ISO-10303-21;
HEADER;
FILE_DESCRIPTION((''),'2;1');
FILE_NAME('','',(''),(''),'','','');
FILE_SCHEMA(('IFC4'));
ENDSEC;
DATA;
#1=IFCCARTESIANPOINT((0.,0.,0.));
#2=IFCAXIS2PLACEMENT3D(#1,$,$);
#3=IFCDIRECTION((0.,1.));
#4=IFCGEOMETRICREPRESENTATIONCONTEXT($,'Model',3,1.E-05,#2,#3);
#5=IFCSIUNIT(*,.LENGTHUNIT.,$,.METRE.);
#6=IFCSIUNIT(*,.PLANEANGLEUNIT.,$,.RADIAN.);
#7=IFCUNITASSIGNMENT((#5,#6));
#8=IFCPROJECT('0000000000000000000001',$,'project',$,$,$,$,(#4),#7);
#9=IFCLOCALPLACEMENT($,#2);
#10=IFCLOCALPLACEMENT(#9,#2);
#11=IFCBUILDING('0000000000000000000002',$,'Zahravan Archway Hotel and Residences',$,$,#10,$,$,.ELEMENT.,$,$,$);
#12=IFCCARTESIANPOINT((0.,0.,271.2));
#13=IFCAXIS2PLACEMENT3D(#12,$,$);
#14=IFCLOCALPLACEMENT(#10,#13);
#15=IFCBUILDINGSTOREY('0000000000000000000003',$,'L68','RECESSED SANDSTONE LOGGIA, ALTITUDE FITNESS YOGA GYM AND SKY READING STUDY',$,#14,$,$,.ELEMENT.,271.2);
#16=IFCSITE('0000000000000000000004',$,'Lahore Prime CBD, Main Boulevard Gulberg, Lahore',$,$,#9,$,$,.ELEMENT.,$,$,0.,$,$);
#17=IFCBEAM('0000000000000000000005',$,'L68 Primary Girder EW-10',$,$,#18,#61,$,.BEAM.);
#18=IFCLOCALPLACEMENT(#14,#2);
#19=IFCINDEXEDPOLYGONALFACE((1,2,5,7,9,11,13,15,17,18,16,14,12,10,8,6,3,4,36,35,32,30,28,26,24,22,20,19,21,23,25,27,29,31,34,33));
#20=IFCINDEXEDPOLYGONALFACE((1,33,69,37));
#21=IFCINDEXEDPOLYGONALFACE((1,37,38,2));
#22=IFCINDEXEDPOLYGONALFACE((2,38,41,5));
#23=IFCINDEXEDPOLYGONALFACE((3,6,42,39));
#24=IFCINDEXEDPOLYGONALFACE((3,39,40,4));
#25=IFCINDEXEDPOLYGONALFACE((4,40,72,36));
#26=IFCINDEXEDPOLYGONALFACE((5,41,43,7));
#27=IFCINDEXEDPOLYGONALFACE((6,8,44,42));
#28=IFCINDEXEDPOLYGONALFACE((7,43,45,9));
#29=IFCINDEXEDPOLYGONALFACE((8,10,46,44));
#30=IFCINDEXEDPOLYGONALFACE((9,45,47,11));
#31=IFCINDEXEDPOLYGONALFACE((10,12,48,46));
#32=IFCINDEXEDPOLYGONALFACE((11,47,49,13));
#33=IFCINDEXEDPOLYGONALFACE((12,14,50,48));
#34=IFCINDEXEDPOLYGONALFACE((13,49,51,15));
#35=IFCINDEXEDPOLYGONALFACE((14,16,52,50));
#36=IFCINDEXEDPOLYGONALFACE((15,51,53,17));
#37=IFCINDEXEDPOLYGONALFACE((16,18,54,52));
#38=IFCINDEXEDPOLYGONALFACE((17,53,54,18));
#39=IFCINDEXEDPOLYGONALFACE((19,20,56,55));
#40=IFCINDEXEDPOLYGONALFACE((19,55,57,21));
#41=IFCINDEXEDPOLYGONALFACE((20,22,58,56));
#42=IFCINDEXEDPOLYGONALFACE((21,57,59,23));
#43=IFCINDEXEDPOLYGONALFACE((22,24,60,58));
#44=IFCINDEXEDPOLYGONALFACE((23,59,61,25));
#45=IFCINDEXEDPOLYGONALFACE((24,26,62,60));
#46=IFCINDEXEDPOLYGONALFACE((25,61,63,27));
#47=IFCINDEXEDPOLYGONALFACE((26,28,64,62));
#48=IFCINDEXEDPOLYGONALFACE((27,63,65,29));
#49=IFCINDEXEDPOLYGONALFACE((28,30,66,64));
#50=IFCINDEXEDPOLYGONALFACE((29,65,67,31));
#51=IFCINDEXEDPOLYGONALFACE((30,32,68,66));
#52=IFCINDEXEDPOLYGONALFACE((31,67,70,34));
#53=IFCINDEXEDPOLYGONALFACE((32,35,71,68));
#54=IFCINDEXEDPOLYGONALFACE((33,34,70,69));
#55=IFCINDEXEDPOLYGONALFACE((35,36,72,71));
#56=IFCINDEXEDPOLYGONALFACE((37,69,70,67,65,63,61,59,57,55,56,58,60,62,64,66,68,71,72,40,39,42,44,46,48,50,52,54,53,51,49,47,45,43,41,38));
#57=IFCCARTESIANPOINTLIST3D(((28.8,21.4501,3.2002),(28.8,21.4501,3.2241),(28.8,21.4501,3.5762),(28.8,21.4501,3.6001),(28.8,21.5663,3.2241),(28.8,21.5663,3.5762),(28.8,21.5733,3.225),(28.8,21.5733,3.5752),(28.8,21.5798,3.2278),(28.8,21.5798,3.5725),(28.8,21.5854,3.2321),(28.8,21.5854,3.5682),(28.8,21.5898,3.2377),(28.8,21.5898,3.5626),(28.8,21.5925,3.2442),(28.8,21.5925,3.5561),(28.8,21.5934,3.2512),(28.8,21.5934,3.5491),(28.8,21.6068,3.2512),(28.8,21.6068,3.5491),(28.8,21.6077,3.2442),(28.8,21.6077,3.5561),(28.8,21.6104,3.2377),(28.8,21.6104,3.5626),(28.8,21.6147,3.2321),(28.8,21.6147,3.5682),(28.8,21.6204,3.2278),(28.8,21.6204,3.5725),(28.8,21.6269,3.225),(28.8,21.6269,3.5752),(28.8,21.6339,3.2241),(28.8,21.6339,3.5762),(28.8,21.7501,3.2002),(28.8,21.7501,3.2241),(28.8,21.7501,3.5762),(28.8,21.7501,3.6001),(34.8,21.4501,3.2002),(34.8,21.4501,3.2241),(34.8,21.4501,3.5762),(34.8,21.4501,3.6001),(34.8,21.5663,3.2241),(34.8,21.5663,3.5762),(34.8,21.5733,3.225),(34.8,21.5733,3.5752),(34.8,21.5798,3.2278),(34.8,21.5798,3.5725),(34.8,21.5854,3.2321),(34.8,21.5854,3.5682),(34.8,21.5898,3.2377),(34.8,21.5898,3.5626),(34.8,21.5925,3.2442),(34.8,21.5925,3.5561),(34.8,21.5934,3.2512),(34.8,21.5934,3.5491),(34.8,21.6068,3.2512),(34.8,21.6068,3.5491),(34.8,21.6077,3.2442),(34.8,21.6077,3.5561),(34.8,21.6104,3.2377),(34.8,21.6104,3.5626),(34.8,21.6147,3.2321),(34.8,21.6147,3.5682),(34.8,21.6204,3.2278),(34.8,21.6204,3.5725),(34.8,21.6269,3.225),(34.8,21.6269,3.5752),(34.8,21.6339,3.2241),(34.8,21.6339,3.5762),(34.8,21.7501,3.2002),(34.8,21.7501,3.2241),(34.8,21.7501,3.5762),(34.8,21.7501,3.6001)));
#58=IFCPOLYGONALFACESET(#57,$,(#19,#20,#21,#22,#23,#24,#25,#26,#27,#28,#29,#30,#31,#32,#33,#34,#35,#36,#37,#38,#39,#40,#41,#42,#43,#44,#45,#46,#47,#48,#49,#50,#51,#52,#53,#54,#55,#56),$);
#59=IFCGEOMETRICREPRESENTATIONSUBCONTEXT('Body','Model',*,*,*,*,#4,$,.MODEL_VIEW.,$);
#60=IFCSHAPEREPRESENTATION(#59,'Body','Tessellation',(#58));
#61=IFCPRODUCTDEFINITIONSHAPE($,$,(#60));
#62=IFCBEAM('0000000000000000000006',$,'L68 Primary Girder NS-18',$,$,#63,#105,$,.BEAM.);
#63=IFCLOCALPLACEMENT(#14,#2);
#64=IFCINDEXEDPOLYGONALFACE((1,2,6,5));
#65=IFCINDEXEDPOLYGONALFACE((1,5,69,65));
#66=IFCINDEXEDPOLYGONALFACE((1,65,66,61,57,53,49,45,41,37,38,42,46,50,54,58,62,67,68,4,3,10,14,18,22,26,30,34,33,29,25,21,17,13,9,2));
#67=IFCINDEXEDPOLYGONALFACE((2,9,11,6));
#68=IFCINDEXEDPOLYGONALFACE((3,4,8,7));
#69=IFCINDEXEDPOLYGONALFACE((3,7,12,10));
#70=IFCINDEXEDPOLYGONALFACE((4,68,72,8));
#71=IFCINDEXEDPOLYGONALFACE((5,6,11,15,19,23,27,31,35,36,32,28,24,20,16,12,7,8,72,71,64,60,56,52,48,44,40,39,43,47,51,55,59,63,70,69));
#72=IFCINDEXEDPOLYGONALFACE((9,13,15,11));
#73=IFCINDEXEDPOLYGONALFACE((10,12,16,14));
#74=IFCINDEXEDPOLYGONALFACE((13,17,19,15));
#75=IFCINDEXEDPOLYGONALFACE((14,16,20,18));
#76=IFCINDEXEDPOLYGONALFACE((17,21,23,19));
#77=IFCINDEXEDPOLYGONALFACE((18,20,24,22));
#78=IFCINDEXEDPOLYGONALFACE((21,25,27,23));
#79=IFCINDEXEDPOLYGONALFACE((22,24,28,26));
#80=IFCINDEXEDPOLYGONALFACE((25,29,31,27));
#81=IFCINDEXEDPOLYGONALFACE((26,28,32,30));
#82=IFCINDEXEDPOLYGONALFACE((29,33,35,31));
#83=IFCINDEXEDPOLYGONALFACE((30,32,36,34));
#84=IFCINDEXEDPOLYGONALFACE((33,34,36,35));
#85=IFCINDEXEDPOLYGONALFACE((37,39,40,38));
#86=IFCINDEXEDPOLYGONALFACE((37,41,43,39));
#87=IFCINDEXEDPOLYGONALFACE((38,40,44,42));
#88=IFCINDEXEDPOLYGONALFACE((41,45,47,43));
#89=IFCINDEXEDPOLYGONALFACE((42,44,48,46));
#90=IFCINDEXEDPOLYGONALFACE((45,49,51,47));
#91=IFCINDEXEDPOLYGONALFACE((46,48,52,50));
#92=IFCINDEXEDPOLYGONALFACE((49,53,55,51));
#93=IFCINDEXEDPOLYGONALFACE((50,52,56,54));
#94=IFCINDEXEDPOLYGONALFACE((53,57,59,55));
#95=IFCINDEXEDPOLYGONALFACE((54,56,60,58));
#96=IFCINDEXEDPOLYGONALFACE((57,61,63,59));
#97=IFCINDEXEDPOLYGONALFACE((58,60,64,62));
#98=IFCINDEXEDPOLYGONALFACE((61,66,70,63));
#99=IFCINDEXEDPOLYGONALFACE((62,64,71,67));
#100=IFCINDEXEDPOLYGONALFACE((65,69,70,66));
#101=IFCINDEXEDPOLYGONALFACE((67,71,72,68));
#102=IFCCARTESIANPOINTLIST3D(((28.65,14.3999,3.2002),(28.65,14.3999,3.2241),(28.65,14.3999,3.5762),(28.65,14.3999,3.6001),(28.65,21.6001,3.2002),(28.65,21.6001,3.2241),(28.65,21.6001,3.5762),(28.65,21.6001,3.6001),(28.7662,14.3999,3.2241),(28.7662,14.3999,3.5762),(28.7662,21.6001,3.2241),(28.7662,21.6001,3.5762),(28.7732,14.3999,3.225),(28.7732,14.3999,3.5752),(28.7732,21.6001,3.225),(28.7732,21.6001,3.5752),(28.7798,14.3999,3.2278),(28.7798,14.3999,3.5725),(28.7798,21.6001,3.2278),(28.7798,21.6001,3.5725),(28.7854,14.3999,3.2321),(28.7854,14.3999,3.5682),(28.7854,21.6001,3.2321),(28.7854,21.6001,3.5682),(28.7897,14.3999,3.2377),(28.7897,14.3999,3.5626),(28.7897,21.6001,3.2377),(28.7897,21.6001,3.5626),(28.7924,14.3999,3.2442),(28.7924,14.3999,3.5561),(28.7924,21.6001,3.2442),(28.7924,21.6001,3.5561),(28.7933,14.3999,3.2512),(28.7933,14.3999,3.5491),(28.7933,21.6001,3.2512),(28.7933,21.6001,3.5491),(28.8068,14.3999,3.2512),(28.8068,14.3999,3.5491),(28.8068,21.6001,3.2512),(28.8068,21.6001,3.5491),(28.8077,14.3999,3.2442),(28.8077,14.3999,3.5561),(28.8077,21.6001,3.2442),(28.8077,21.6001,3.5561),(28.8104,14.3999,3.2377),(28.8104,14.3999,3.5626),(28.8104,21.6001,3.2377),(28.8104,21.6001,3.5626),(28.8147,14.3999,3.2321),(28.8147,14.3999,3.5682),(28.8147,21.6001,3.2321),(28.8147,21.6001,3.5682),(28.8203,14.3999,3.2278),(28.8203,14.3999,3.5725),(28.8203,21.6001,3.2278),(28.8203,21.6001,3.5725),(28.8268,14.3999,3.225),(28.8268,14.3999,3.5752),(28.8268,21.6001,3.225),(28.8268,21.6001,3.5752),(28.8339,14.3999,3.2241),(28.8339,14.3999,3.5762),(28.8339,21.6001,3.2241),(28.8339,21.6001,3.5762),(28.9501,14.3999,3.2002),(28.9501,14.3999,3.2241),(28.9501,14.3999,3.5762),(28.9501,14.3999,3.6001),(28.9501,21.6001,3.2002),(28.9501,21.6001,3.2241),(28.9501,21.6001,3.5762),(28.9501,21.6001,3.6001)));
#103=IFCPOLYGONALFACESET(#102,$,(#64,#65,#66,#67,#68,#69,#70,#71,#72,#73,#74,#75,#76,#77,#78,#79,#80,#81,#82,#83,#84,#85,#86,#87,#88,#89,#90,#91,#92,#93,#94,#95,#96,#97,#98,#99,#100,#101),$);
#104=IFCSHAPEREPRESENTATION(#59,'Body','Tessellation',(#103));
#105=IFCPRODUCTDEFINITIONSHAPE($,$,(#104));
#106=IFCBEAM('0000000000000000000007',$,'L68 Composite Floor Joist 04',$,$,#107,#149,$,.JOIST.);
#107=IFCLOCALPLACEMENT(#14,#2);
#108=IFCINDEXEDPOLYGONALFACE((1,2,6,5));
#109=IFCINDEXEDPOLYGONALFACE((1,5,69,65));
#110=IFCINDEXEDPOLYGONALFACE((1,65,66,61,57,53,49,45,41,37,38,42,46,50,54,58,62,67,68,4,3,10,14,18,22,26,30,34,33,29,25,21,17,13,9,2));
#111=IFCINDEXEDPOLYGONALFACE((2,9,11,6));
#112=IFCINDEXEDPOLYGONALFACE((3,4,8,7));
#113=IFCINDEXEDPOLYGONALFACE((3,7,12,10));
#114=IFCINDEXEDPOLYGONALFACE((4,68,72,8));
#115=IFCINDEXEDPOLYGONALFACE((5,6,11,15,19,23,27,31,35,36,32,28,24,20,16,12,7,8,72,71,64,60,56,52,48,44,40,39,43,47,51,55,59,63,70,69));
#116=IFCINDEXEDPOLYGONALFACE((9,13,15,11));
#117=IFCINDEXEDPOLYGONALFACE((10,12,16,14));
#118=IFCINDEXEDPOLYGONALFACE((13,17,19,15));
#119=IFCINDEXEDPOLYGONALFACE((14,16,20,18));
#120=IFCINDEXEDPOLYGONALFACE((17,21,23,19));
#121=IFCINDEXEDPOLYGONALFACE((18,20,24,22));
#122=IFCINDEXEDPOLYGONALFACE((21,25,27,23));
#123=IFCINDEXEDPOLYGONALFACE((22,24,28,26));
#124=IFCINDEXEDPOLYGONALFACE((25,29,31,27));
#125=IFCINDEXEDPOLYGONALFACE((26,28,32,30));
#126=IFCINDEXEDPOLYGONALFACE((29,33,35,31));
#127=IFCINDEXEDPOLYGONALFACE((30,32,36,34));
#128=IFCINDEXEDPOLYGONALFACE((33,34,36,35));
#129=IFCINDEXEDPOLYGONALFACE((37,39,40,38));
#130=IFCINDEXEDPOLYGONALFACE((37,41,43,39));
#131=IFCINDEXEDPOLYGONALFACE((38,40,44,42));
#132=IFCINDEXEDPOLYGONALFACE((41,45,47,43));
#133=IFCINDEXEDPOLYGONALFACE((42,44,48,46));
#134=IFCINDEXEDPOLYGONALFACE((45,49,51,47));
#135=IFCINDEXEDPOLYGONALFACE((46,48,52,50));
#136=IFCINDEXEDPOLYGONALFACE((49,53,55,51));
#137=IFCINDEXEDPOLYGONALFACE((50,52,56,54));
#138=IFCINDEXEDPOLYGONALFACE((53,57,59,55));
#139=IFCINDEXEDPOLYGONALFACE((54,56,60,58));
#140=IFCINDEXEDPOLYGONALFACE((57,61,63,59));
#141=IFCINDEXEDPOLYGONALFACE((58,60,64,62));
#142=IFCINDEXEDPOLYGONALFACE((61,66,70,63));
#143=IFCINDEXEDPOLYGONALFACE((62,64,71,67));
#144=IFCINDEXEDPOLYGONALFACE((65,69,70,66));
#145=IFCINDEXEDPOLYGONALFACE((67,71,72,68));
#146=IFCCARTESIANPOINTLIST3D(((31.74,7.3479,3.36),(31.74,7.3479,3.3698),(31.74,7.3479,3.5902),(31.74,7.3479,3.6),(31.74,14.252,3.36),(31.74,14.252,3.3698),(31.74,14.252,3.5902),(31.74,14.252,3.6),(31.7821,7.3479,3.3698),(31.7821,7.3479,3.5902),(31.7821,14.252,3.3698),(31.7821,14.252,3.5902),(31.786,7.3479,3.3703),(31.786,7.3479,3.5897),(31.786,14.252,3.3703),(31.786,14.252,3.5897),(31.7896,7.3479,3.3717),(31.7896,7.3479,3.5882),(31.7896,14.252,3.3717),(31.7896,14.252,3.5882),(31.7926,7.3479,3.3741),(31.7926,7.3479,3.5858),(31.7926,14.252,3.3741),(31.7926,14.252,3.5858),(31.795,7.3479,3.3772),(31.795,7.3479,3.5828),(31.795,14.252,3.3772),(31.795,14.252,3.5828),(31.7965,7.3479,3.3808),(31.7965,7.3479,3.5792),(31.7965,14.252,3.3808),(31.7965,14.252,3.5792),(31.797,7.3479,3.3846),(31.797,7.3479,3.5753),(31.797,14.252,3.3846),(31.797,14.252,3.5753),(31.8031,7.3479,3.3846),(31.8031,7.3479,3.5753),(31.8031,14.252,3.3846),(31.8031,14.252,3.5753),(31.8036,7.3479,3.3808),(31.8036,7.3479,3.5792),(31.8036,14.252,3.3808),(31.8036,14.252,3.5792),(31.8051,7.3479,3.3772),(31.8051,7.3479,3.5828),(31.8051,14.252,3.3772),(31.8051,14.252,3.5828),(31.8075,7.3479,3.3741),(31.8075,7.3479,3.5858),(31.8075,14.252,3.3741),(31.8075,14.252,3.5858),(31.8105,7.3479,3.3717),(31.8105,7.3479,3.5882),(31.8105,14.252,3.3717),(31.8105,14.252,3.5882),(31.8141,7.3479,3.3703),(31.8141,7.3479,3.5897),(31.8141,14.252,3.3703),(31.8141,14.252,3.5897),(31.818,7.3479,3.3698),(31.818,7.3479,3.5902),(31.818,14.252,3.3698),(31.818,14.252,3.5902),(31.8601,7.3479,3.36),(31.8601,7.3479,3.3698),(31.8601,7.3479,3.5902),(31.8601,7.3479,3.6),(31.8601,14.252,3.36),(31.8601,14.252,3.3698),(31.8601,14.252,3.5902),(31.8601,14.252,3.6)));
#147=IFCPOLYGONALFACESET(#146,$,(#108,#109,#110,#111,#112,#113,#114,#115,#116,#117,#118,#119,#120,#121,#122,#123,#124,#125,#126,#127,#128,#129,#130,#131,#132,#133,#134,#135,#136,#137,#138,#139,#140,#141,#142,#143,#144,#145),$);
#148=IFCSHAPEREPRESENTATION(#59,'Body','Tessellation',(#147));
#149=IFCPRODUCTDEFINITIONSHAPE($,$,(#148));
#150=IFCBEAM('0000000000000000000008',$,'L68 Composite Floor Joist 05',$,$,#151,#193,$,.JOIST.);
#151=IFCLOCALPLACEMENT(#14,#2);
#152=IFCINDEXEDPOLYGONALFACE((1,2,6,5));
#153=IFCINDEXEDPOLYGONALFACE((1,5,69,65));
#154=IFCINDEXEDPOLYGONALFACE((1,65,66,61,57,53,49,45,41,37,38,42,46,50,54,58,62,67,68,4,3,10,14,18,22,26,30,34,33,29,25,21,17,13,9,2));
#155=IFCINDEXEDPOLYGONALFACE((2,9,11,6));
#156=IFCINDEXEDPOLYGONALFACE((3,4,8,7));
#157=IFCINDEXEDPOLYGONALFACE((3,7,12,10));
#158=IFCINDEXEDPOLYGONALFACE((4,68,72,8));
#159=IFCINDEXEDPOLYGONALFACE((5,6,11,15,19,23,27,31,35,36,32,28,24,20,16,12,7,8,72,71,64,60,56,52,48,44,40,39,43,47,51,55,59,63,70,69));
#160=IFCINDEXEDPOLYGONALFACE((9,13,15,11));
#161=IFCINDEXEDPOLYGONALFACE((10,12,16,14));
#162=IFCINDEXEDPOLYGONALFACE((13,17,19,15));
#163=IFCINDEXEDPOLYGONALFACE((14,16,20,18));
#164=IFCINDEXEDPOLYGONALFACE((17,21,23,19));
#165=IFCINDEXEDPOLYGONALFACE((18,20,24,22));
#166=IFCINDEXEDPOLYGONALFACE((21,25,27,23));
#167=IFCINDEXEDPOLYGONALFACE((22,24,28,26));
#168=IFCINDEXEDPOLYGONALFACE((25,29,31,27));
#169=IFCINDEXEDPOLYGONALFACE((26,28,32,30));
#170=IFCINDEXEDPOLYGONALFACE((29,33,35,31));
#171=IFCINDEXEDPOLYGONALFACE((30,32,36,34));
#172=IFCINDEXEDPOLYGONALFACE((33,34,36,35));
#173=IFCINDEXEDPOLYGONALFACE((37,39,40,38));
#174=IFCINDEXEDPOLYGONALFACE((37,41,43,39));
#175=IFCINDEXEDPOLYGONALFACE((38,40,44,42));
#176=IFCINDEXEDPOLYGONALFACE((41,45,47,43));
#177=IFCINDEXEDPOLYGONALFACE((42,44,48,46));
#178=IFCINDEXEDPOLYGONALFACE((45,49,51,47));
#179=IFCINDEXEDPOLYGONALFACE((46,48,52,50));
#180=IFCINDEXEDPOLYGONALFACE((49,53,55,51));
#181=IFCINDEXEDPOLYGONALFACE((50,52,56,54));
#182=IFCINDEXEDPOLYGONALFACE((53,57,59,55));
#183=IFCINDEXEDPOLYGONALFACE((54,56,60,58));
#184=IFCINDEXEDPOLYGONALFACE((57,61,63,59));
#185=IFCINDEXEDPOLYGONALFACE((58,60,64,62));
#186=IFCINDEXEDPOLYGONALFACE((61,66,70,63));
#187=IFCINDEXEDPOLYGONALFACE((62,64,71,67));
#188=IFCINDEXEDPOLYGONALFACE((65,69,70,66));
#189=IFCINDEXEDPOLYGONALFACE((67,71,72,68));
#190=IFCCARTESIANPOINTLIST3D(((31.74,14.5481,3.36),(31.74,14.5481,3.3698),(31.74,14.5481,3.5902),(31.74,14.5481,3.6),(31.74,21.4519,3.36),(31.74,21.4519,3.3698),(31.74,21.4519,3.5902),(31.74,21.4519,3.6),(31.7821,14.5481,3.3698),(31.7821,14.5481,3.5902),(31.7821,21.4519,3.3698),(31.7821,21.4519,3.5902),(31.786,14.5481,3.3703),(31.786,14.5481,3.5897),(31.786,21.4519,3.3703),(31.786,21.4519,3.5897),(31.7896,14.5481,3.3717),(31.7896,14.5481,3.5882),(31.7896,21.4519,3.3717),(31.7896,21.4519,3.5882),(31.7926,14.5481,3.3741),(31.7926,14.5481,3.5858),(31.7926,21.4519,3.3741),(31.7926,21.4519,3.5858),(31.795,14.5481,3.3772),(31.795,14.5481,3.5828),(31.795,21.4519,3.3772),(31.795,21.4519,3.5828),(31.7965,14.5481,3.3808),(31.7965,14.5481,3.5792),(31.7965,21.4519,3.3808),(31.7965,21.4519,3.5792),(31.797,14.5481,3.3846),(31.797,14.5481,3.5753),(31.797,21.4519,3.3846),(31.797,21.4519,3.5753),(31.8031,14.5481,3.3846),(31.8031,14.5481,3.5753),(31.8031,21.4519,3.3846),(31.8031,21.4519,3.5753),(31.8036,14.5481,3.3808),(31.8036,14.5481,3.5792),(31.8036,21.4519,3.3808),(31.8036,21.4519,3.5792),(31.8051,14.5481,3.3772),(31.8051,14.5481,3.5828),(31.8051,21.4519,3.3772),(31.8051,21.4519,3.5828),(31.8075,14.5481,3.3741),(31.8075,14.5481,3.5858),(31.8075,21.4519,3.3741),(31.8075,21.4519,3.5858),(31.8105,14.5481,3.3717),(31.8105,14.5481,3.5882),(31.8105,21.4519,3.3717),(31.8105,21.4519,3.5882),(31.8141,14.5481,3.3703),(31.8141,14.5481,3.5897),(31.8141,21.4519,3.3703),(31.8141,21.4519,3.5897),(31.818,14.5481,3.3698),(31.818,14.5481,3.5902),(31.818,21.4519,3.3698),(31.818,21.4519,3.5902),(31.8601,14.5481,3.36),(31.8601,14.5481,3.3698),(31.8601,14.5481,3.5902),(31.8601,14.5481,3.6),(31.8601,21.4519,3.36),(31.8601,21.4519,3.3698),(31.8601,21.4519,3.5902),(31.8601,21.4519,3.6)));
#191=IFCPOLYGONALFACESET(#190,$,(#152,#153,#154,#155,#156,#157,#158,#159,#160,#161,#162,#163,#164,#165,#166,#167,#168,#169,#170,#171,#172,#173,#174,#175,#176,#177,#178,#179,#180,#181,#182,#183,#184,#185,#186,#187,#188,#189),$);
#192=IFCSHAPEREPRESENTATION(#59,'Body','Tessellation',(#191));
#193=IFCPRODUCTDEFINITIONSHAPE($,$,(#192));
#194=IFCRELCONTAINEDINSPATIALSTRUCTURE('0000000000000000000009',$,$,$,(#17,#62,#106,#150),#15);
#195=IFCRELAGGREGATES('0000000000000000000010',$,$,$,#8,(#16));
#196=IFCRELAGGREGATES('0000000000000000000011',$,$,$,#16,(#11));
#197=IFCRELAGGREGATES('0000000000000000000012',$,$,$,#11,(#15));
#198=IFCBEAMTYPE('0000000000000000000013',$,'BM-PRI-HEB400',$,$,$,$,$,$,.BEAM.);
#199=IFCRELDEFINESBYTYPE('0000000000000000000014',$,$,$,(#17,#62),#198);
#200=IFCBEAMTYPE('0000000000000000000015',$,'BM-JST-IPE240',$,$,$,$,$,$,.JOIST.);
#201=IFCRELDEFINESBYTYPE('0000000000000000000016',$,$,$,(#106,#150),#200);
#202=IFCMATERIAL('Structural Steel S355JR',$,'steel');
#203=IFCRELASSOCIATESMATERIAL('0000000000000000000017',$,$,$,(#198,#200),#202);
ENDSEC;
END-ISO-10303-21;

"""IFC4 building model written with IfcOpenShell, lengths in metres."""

from ifc_helpers import new_model, si_unit, direction, frame, origin, origin_2d, place, context, subcontext, project, spatial, i_section, extrude, source, transform, mapped, material, material_profile, profile_set, type_object, type_shapes, element, save


model = new_model("IFC4")

# Units and contexts
model_context = context("Model", 3, precision=1e-05, world=origin(), true_north=direction((0.0, 1.0)))
body_context = subcontext(model_context, "Body", "Model", "MODEL_VIEW")
ifc_project = project(units=[si_unit("LENGTHUNIT", "METRE"), si_unit("PLANEANGLEUNIT", "RADIAN")], contexts=[model_context])

# Site, building, storey
site_placement = place(None, origin())
site = spatial("IfcSite", under=ifc_project, at=site_placement, Name="Lahore Prime CBD, Main Boulevard Gulberg, Lahore", CompositionType="ELEMENT", RefElevation=0.0)
building_placement = place(site_placement, origin())
building = spatial("IfcBuilding", under=site, at=building_placement, Name="Zahravan Archway Hotel and Residences", CompositionType="ELEMENT")
storey_placement = place(building_placement, frame((0.0, 0.0, 271.2)))
storey = spatial("IfcBuildingStorey", under=building, at=storey_placement, Name="L68", Description="RECESSED SANDSTONE LOGGIA, ALTITUDE FITNESS YOGA GYM AND SKY READING STUDY", CompositionType="ELEMENT", Elevation=271.2)

# Beams
ifc_material_1 = material(Name="Structural Steel S355JR", Category="steel")
ifc_material_profile_1 = material_profile(ifc_material_1, i_section(OverallWidth=0.3, OverallDepth=0.3999, WebThickness=0.0134, FlangeThickness=0.0239, FilletRadius=0.0271, at=origin_2d()), Name="HEB 400", Category="steel")
ifc_profile_set_1 = profile_set([ifc_material_profile_1], Name="Structural Steel S355JR")
beam_type_1 = type_object("IfcBeamType", Name="BM-PRI-HEB400", PredefinedType="BEAM", material=ifc_profile_set_1)
shared_shape_1 = source(origin(), body_context, "Body", "SweptSolid", [
    extrude(i_section(OverallWidth=0.3, OverallDepth=0.3999, WebThickness=0.0134, FlangeThickness=0.0239, FilletRadius=0.0271, at=origin_2d()), origin(), (0.0, 0.0, 1.0), 6.0),
])
for number, where, z_axis, x_axis, name in (
    (1, (28.8, 21.6001, 3.4001), (1.0, 0.0, 0.0), (0.0, 1.0, 0.0), "L68 Primary Girder EW-10"),
):
    element("IfcBeam", number, at=place(storey_placement, frame(where, z_axis=z_axis, x_axis=x_axis)), inside=storey, type_object=beam_type_1, Name=name, PredefinedType="BEAM", context=body_context, shape_type="MappedRepresentation", body=[
        mapped(shared_shape_1, transform((0.0, 0.0, 0.0), scale=1.0)),
    ])
shared_shape_2 = source(origin(), body_context, "Body", "SweptSolid", [
    extrude(i_section(OverallWidth=0.3, OverallDepth=0.3999, WebThickness=0.0134, FlangeThickness=0.0239, FilletRadius=0.0271, at=origin_2d()), origin(), (0.0, 0.0, 1.0), 7.2002),
])
beam_1_placement = place(storey_placement, frame((28.8, 14.3999, 3.4001), z_axis=(0.0, 1.0, 0.0), x_axis=(-1.0, 0.0, 0.0)))
element("IfcBeam", 2, at=beam_1_placement, inside=storey, type_object=beam_type_1, Name="L68 Primary Girder NS-18", PredefinedType="BEAM", context=body_context, shape_type="MappedRepresentation", body=[
    mapped(shared_shape_2, transform((0.0, 0.0, 0.0), scale=1.0)),
])
ifc_material_profile_2 = material_profile(ifc_material_1, i_section(OverallWidth=0.1201, OverallDepth=0.24, WebThickness=0.0061, FlangeThickness=0.0098, FilletRadius=0.0149, at=origin_2d()), Name="IPE 240", Category="steel")
ifc_profile_set_2 = profile_set([ifc_material_profile_2], Name="Structural Steel S355JR")
beam_type_2 = type_object("IfcBeamType", Name="BM-JST-IPE240", PredefinedType="JOIST", material=ifc_profile_set_2)
shared_shape_3 = source(origin(), body_context, "Body", "SweptSolid", [
    extrude(i_section(OverallWidth=0.1201, OverallDepth=0.24, WebThickness=0.0061, FlangeThickness=0.0098, FilletRadius=0.0149, at=origin_2d()), origin(), (0.0, 0.0, 1.0), 6.9041),
])
type_shapes(beam_type_2, [shared_shape_3])
beam_2_placement = place(storey_placement, frame((31.8, 7.3479, 3.48), z_axis=(0.0, 1.0, 0.0), x_axis=(-1.0, 0.0, 0.0)))
element("IfcBeam", 3, at=beam_2_placement, inside=storey, type_object=beam_type_2, Name="L68 Composite Floor Joist 04", PredefinedType="JOIST", context=body_context, shape_type="MappedRepresentation", body=[
    mapped(shared_shape_3, transform((0.0, 0.0, 0.0), scale=1.0)),
])
shared_shape_4 = source(origin(), body_context, "Body", "SweptSolid", [
    extrude(i_section(OverallWidth=0.1201, OverallDepth=0.24, WebThickness=0.0061, FlangeThickness=0.0098, FilletRadius=0.0149, at=origin_2d()), origin(), (0.0, 0.0, 1.0), 6.9038),
])
beam_3_placement = place(storey_placement, frame((31.8, 14.5481, 3.48), z_axis=(0.0, 1.0, 0.0), x_axis=(-1.0, 0.0, 0.0)))
element("IfcBeam", 4, at=beam_3_placement, inside=storey, type_object=beam_type_2, Name="L68 Composite Floor Joist 05", PredefinedType="JOIST", context=body_context, shape_type="MappedRepresentation", body=[
    mapped(shared_shape_4, transform((0.0, 0.0, 0.0), scale=1.0)),
])

save(model, "model.ifc")
